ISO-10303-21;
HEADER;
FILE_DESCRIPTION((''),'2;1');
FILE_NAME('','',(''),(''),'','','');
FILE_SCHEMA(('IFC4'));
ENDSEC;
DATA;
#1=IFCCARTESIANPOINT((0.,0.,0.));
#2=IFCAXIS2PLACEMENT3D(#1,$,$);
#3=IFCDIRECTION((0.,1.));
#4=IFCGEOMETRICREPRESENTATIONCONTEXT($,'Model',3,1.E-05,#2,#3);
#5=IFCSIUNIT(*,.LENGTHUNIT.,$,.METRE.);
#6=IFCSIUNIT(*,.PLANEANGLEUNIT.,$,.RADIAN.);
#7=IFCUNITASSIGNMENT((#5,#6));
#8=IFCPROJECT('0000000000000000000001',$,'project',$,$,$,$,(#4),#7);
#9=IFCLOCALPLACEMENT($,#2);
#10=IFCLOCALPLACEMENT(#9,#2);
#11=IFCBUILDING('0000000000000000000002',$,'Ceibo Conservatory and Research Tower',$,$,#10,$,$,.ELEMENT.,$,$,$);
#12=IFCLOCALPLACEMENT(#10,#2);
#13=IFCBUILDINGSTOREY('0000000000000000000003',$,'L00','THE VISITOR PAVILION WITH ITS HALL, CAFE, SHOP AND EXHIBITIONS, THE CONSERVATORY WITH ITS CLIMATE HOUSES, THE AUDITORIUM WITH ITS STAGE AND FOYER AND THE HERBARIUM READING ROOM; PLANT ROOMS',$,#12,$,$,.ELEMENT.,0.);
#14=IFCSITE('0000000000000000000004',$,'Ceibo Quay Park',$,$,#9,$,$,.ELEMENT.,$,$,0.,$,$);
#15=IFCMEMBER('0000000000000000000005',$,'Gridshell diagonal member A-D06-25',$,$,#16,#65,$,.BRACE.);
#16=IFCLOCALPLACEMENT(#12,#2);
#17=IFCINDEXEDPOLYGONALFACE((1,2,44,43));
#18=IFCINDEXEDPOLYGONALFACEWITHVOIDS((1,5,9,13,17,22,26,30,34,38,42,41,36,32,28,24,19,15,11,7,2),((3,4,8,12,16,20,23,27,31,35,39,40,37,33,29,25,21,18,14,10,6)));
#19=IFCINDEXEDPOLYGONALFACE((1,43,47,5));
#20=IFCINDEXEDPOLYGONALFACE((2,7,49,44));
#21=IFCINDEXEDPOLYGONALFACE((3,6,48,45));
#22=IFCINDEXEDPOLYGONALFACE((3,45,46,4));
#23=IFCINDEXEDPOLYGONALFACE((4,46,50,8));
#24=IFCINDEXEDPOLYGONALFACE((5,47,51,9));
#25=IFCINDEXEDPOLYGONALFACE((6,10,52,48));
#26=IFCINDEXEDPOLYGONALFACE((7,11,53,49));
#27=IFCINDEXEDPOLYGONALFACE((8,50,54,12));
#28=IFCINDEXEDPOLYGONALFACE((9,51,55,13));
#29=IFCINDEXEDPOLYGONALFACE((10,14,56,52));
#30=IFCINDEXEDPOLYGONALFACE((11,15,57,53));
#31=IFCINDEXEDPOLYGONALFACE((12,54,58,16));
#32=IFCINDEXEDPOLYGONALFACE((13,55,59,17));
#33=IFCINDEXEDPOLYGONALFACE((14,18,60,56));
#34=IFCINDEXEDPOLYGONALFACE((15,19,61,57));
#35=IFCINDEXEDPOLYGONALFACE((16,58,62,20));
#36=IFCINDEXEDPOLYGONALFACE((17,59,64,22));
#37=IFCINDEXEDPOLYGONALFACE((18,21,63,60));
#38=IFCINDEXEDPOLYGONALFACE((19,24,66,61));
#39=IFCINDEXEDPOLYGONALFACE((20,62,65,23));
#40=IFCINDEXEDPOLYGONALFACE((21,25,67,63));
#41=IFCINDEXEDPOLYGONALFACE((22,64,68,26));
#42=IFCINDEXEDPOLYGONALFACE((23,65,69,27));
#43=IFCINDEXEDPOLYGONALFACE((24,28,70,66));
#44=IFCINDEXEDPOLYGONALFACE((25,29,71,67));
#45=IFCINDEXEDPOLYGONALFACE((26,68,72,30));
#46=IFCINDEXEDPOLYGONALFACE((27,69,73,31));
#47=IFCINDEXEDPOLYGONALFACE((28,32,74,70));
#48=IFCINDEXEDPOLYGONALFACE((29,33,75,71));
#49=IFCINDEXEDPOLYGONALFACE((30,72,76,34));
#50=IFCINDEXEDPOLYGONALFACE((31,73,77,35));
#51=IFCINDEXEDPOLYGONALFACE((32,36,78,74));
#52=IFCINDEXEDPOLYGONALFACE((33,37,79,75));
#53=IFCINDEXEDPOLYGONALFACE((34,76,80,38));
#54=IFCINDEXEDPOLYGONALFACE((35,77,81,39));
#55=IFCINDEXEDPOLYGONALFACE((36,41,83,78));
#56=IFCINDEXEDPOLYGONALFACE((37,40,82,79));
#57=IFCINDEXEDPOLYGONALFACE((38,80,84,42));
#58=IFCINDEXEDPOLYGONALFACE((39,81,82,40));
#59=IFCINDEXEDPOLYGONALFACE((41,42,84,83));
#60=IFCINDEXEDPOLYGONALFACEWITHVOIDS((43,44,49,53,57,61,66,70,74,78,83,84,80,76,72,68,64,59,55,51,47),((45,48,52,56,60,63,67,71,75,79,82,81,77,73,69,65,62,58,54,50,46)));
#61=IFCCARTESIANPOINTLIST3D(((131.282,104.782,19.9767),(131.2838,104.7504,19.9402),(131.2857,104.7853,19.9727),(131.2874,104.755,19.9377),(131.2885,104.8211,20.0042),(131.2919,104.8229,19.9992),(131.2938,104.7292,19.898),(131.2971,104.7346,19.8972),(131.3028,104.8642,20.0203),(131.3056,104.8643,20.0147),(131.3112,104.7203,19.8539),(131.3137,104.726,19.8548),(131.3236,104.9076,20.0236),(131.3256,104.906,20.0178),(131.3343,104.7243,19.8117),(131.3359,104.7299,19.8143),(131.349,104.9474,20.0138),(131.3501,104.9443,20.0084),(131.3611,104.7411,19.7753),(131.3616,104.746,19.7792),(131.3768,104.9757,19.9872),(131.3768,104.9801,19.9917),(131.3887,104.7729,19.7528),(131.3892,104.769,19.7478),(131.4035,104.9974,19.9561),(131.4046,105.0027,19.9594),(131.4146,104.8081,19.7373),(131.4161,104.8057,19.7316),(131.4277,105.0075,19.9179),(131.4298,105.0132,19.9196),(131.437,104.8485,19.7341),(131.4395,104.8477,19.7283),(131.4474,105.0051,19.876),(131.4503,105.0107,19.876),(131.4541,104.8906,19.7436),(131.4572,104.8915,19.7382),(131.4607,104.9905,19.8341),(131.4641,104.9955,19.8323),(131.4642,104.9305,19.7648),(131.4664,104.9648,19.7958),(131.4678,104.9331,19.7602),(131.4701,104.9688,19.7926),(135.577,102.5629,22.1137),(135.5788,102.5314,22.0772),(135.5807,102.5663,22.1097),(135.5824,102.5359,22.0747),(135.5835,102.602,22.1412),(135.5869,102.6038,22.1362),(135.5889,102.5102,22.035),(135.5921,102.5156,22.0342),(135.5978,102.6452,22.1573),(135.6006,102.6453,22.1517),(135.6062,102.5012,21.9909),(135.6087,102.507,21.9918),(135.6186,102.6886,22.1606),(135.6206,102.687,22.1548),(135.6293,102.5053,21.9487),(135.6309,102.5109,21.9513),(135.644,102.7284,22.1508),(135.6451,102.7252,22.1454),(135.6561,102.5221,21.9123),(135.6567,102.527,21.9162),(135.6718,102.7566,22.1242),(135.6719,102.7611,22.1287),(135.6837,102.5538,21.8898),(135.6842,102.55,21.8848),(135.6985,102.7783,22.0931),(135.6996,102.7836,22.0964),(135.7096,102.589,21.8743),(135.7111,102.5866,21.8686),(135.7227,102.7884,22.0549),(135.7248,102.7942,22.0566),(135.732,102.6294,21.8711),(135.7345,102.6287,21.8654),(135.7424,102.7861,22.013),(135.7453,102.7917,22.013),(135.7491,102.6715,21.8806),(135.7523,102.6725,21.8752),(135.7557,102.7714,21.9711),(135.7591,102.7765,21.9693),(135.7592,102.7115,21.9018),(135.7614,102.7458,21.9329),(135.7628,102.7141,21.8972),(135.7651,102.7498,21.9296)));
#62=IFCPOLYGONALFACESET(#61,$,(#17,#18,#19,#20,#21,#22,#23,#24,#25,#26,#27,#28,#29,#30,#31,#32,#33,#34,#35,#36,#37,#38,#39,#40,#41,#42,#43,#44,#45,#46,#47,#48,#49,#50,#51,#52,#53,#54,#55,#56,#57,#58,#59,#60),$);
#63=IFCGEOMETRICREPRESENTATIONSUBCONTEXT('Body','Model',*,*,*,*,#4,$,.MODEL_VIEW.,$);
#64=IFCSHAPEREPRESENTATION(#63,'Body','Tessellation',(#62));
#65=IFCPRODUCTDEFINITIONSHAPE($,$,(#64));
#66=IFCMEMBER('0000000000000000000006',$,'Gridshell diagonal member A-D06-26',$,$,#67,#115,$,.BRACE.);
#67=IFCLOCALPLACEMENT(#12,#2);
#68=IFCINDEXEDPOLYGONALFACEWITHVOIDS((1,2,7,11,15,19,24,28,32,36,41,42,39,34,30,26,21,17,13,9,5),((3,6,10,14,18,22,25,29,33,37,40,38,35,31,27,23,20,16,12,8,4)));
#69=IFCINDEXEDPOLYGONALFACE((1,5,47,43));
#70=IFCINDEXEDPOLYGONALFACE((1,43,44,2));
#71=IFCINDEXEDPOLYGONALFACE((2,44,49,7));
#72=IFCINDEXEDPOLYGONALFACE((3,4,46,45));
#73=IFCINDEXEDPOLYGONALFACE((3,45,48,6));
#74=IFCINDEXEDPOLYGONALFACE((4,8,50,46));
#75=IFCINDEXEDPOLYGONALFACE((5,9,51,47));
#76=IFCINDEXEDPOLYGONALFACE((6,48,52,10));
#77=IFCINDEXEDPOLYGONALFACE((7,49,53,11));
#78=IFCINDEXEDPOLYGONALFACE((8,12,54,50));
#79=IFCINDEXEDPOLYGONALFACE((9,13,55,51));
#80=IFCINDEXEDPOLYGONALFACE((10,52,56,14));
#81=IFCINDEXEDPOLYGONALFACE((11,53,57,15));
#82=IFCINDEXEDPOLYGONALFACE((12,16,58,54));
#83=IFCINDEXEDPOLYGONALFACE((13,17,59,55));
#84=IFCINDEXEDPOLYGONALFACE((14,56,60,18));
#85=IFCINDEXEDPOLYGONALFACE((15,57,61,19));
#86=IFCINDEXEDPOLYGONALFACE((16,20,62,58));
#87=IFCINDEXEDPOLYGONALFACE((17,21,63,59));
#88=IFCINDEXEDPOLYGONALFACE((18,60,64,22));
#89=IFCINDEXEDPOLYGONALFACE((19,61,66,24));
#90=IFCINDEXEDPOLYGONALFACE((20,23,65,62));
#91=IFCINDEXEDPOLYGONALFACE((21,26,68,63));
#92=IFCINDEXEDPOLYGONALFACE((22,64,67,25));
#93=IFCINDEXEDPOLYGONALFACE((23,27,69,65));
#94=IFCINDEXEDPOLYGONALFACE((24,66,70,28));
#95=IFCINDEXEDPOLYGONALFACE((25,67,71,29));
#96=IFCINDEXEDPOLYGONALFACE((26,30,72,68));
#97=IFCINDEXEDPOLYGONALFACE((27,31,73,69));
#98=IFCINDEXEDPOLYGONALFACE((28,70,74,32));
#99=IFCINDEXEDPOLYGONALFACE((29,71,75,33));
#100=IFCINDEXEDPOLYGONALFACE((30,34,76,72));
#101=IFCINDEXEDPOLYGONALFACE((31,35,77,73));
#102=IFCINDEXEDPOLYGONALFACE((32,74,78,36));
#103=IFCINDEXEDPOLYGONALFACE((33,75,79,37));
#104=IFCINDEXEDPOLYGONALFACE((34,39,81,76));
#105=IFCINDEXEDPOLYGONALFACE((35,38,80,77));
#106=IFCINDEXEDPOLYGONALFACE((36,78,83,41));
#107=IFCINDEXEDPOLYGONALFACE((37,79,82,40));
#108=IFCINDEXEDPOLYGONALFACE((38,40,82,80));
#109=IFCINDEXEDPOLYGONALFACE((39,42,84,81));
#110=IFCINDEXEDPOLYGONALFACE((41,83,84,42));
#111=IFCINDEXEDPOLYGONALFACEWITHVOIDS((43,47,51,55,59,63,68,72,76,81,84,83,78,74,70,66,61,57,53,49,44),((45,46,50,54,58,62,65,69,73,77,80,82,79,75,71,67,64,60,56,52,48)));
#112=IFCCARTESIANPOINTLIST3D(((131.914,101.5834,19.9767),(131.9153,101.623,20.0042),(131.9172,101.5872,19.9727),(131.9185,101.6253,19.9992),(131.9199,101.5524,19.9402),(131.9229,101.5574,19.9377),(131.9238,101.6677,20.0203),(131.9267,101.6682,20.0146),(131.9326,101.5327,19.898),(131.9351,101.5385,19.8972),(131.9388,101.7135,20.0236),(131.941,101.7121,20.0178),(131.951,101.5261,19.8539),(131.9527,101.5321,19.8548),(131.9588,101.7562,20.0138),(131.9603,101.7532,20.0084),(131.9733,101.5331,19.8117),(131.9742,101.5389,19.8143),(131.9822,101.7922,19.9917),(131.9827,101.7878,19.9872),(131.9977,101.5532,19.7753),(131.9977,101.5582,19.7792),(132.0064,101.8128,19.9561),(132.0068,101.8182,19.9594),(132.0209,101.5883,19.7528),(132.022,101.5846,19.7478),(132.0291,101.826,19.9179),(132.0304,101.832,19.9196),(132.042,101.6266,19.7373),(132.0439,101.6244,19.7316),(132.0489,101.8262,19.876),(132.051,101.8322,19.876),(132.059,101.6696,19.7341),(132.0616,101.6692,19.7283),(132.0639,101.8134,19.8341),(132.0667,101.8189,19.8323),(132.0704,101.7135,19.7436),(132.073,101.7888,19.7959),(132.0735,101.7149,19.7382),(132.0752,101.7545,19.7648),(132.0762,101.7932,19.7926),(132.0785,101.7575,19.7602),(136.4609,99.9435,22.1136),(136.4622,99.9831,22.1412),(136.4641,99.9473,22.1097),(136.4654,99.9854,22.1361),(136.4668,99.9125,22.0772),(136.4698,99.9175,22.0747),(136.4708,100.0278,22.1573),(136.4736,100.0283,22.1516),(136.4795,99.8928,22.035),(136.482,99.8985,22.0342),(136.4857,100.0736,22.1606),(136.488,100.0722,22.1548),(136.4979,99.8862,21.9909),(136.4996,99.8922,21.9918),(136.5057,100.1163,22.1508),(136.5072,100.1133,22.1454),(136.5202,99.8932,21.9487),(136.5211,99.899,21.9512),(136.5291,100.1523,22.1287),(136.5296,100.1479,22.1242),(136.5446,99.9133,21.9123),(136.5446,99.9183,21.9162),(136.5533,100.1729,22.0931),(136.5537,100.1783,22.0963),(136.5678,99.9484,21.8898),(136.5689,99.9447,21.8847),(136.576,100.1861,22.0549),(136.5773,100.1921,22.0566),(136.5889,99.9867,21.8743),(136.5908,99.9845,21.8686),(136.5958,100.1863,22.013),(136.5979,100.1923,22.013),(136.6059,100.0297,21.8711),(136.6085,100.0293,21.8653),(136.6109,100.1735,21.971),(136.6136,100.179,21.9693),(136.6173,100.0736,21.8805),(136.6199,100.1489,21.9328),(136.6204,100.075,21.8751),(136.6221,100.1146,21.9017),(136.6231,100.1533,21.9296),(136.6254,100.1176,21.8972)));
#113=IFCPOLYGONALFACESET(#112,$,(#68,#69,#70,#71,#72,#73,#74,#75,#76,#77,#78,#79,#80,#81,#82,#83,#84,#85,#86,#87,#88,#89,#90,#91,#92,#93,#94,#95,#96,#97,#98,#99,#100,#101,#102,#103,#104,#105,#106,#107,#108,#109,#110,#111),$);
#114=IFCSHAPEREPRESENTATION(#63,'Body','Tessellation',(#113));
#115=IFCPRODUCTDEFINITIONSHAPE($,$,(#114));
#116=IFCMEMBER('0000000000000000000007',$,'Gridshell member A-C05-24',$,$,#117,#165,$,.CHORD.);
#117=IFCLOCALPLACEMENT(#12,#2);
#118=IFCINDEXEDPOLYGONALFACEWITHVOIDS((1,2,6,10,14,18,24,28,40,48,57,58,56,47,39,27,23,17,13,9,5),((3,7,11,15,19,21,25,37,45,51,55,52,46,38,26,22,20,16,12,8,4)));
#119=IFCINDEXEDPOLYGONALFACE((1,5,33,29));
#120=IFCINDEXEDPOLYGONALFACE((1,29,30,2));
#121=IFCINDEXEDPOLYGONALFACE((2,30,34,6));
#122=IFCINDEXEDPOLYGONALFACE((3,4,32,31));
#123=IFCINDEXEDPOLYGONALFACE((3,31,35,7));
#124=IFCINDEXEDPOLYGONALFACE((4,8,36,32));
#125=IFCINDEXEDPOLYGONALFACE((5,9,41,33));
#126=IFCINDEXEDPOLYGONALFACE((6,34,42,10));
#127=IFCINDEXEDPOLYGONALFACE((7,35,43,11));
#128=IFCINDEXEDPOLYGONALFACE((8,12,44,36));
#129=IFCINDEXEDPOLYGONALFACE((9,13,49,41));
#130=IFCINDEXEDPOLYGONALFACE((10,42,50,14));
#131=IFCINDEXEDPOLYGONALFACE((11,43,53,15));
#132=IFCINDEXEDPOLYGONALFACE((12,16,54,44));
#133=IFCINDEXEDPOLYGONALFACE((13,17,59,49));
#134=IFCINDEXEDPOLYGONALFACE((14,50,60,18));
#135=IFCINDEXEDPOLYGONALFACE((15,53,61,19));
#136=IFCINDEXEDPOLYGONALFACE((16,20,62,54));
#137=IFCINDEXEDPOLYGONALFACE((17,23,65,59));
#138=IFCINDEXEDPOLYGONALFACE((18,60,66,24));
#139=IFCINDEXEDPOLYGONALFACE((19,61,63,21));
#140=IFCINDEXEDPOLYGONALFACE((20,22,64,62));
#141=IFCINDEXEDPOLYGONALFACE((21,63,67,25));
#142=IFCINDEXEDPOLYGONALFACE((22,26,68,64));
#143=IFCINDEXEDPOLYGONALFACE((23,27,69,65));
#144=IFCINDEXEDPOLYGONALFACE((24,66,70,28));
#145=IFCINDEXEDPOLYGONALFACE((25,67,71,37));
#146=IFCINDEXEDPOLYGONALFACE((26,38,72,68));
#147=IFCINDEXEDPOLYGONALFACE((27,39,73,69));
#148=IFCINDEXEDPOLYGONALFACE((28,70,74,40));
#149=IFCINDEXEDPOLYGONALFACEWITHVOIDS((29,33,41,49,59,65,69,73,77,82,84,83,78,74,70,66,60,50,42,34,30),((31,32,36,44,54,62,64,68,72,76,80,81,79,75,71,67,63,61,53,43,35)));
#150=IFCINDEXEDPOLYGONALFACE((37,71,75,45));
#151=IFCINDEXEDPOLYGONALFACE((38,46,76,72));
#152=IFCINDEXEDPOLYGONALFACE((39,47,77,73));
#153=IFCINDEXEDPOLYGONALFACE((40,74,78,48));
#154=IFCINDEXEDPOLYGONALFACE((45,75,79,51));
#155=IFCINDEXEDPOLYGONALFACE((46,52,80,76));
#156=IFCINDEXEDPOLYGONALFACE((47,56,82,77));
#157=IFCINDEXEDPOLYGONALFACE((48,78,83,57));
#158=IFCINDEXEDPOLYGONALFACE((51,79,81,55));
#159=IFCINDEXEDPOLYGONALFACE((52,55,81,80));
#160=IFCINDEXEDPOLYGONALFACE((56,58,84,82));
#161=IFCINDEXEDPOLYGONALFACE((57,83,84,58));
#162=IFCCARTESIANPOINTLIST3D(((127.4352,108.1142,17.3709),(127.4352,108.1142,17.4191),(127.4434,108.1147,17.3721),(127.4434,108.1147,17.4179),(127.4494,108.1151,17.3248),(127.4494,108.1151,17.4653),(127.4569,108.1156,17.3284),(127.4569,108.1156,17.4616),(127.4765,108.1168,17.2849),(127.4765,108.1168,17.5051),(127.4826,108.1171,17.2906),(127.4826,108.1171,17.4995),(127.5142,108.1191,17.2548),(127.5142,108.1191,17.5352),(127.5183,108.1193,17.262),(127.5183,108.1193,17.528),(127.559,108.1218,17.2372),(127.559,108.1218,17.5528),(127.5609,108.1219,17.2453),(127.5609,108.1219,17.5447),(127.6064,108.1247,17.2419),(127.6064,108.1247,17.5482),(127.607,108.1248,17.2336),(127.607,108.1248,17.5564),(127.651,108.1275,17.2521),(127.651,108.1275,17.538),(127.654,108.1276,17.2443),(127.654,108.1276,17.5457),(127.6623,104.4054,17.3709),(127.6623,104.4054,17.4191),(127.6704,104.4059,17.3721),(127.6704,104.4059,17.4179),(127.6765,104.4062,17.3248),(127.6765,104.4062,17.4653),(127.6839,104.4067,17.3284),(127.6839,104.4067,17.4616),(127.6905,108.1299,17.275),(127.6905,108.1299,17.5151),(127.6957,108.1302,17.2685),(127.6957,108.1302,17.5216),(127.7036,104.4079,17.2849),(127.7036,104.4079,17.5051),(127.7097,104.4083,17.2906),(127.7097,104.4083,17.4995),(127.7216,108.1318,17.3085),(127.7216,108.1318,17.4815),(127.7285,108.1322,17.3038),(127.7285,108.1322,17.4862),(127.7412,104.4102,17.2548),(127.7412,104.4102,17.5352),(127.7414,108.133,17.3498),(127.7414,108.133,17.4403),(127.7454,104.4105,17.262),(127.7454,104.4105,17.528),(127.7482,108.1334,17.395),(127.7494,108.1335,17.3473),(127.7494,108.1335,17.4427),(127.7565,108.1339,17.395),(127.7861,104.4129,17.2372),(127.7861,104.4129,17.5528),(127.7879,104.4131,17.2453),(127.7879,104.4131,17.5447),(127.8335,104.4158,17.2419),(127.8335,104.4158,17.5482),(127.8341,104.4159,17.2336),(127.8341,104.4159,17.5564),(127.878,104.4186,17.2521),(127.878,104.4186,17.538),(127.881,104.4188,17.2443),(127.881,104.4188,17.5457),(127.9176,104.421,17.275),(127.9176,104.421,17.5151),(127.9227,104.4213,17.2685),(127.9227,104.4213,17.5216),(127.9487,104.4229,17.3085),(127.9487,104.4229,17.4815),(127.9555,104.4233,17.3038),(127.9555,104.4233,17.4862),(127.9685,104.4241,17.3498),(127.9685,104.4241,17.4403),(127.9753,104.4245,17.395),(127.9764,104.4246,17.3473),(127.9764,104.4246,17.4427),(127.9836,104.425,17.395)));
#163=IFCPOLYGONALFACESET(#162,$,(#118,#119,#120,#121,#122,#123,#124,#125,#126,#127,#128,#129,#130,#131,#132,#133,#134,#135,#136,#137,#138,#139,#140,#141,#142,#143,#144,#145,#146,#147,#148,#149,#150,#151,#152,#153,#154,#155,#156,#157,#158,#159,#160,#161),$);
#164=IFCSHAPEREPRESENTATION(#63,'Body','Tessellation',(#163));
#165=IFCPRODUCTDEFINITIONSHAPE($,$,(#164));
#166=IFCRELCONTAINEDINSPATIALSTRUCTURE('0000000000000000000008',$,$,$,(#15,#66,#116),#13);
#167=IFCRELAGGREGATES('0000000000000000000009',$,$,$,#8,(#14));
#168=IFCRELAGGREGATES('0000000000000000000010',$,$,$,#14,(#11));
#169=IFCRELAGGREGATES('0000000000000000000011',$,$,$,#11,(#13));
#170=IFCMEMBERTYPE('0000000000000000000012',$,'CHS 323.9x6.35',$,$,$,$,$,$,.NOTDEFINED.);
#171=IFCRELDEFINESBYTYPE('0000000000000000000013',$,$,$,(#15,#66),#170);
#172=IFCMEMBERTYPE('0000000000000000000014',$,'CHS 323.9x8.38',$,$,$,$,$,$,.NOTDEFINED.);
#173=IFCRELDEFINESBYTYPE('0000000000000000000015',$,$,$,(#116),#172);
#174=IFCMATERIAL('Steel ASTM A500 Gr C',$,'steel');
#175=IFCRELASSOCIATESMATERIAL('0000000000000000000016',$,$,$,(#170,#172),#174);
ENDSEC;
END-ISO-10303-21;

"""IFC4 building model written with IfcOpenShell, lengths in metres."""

from ifc_helpers import new_model, si_unit, direction, frame, origin, origin_2d, place, context, subcontext, project, spatial, hollow_circle, extrude, material, material_profile, profile_set, type_object, element, save


model = new_model("IFC4")

# Units and contexts
model_context = context("Model", 3, precision=1e-05, world=origin(), true_north=direction((0.0, 1.0)))
body_context = subcontext(model_context, "Body", "Model", "MODEL_VIEW")
ifc_project = project(units=[si_unit("LENGTHUNIT", "METRE"), si_unit("PLANEANGLEUNIT", "RADIAN")], contexts=[model_context])

# Site, building, storey
site_placement = place(None, origin())
site = spatial("IfcSite", under=ifc_project, at=site_placement, Name="Ceibo Quay Park", CompositionType="ELEMENT", RefElevation=0.0)
building_placement = place(site_placement, origin())
building = spatial("IfcBuilding", under=site, at=building_placement, Name="Ceibo Conservatory and Research Tower", CompositionType="ELEMENT")
storey_placement = place(building_placement, origin())
storey = spatial("IfcBuildingStorey", under=building, at=storey_placement, Name="L00", Description="THE VISITOR PAVILION WITH ITS HALL, CAFE, SHOP AND EXHIBITIONS, THE CONSERVATORY WITH ITS CLIMATE HOUSES, THE AUDITORIUM WITH ITS STAGE AND FOYER AND THE HERBARIUM READING ROOM; PLANT ROOMS", CompositionType="ELEMENT", Elevation=0.0)

# Members
ifc_material_1 = material(Name="Steel ASTM A500 Gr C", Category="steel")
ifc_material_profile_1 = material_profile(ifc_material_1, hollow_circle(Radius=0.1619, WallThickness=0.0063, at=origin_2d()), Name="CHS 323.9x6.35")
ifc_profile_set_1 = profile_set([ifc_material_profile_1], Name="Steel ASTM A500 Gr C")
member_type_1 = type_object("IfcMemberType", Name="CHS 323.9x6.35", PredefinedType="NOTDEFINED", material=ifc_profile_set_1)
member_1_placement = place(storey_placement, frame((131.376, 104.8669, 19.876), z_axis=(0.81258, -0.419824, 0.404304), x_axis=(0.459012, 0.88843, 0.0)))
element("IfcMember", 1, at=member_1_placement, inside=storey, type_object=member_type_1, Name="Gridshell diagonal member A-D06-25", PredefinedType="BRACE", context=body_context, shape_type="SweptSolid", body=[
    extrude(hollow_circle(Radius=0.1619, WallThickness=0.0063, at=origin_2d()), origin(), (0.0, 0.0, 1.0), 5.2856),
])
member_2_placement = place(storey_placement, frame((131.9961, 101.6799, 19.876), z_axis=(0.860356, -0.310299, 0.404354), x_axis=(0.339272, 0.940688, 0.0)))
element("IfcMember", 2, at=member_2_placement, inside=storey, type_object=member_type_1, Name="Gridshell diagonal member A-D06-26", PredefinedType="BRACE", context=body_context, shape_type="SweptSolid", body=[
    extrude(hollow_circle(Radius=0.1619, WallThickness=0.0063, at=origin_2d()), origin(), (0.0, 0.0, 1.0), 5.2849),
])
ifc_material_profile_2 = material_profile(ifc_material_1, hollow_circle(Radius=0.1619, WallThickness=0.0083, at=origin_2d()), Name="CHS 323.9x8.38")
ifc_profile_set_2 = profile_set([ifc_material_profile_2], Name="Steel ASTM A500 Gr C")
member_type_2 = type_object("IfcMemberType", Name="CHS 323.9x8.38", PredefinedType="NOTDEFINED", material=ifc_profile_set_2)
member_3_placement = place(storey_placement, frame((127.595, 108.124, 17.395), z_axis=(0.061102, -0.998132, 0.0), x_axis=(0.998132, 0.061102, 0.0)))
element("IfcMember", 3, at=member_3_placement, inside=storey, type_object=member_type_2, Name="Gridshell member A-C05-24", PredefinedType="CHORD", context=body_context, shape_type="SweptSolid", body=[
    extrude(hollow_circle(Radius=0.1619, WallThickness=0.0083, at=origin_2d()), origin(), (0.0, 0.0, 1.0), 3.7158),
])

save(model, "model.ifc")
